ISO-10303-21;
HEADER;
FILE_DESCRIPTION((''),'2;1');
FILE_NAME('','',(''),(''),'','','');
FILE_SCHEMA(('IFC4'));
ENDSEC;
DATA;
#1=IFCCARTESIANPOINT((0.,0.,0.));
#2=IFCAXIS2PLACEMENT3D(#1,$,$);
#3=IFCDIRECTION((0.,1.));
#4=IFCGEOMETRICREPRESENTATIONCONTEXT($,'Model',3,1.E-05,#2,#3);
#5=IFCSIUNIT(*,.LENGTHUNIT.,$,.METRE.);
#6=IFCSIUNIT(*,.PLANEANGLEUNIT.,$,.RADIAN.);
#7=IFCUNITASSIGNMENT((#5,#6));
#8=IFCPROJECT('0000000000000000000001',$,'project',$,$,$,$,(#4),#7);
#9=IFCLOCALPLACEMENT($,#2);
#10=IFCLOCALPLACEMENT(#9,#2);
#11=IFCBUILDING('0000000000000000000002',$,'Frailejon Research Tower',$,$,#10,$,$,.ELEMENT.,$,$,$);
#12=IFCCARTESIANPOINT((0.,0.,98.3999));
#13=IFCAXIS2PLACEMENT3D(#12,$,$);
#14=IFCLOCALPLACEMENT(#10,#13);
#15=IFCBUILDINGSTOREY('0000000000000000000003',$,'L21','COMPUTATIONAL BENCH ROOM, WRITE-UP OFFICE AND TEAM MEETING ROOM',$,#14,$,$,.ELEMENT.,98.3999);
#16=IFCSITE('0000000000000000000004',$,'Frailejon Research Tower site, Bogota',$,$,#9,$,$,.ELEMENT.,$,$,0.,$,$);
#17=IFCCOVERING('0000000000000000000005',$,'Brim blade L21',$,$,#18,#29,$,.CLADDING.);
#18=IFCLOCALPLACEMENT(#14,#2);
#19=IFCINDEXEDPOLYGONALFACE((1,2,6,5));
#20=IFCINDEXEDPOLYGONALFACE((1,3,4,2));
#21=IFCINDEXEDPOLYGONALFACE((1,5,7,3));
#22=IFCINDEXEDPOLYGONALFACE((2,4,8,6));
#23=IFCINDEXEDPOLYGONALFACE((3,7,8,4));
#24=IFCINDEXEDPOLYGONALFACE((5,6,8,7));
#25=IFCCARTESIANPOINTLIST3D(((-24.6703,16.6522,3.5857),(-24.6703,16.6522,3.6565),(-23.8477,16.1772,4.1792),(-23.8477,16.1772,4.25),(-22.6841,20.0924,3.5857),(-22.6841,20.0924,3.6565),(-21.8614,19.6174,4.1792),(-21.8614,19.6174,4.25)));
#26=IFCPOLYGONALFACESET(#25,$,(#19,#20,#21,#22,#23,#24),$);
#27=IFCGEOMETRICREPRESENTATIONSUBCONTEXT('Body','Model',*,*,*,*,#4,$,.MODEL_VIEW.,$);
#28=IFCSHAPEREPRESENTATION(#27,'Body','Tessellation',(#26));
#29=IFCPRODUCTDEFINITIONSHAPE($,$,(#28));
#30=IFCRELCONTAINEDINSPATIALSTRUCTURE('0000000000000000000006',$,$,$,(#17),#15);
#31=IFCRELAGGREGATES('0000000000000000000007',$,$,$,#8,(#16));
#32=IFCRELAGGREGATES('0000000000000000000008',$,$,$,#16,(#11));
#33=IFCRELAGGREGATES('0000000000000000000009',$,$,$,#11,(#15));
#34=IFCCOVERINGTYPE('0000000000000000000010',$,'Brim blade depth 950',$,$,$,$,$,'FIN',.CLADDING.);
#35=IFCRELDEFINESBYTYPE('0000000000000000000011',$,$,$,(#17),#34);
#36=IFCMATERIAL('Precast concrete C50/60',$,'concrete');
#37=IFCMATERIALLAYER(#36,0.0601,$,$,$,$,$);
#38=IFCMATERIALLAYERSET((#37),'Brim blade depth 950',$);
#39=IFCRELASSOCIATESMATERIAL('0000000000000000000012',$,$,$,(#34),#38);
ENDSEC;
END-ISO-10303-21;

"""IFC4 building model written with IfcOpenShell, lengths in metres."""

from ifc_helpers import new_model, si_unit, direction, frame, origin, place, context, subcontext, project, spatial, polyline, outline, extrude, material, layer, layer_set, type_object, element, save


model = new_model("IFC4")

# Units and contexts
model_context = context("Model", 3, precision=1e-05, world=origin(), true_north=direction((0.0, 1.0)))
body_context = subcontext(model_context, "Body", "Model", "MODEL_VIEW")
ifc_project = project(units=[si_unit("LENGTHUNIT", "METRE"), si_unit("PLANEANGLEUNIT", "RADIAN")], contexts=[model_context])

# Site, building, storey
site_placement = place(None, origin())
site = spatial("IfcSite", under=ifc_project, at=site_placement, Name="Frailejon Research Tower site, Bogota", CompositionType="ELEMENT", RefElevation=0.0)
building_placement = place(site_placement, origin())
building = spatial("IfcBuilding", under=site, at=building_placement, Name="Frailejon Research Tower", CompositionType="ELEMENT")
storey_placement = place(building_placement, frame((0.0, 0.0, 98.3999)))
storey = spatial("IfcBuildingStorey", under=building, at=storey_placement, Name="L21", Description="COMPUTATIONAL BENCH ROOM, WRITE-UP OFFICE AND TEAM MEETING ROOM", CompositionType="ELEMENT", Elevation=98.3999)

# Covering
ifc_material_1 = material(Name="Precast concrete C50/60", Category="concrete")
ifc_layer_1 = layer(ifc_material_1, 0.0601)
ifc_layer_set_1 = layer_set([ifc_layer_1], Name="Brim blade depth 950")
covering_type_1 = type_object("IfcCoveringType", Name="Brim blade depth 950", ElementType="FIN", PredefinedType="CLADDING", material=ifc_layer_set_1)
covering_1_placement = place(storey_placement, frame((-23.8477, 16.1772, 4.25), z_axis=(0.500011, 0.866019, 0.0), x_axis=(-0.866019, 0.500011, 0.0)))
element("IfcCovering", 1, at=covering_1_placement, inside=storey, type_object=covering_type_1, Name="Brim blade L21", PredefinedType="CLADDING", context=body_context, shape_type="SweptSolid", body=[
    extrude(outline(polyline([(0.0, -0.0708), (0.95, -0.6643), (0.95, -0.5935), (0.0, 0.0), (0.0, -0.0708)])), origin(), (0.0, 0.0, 1.0), 3.9724),
])

save(model, "model.ifc")
